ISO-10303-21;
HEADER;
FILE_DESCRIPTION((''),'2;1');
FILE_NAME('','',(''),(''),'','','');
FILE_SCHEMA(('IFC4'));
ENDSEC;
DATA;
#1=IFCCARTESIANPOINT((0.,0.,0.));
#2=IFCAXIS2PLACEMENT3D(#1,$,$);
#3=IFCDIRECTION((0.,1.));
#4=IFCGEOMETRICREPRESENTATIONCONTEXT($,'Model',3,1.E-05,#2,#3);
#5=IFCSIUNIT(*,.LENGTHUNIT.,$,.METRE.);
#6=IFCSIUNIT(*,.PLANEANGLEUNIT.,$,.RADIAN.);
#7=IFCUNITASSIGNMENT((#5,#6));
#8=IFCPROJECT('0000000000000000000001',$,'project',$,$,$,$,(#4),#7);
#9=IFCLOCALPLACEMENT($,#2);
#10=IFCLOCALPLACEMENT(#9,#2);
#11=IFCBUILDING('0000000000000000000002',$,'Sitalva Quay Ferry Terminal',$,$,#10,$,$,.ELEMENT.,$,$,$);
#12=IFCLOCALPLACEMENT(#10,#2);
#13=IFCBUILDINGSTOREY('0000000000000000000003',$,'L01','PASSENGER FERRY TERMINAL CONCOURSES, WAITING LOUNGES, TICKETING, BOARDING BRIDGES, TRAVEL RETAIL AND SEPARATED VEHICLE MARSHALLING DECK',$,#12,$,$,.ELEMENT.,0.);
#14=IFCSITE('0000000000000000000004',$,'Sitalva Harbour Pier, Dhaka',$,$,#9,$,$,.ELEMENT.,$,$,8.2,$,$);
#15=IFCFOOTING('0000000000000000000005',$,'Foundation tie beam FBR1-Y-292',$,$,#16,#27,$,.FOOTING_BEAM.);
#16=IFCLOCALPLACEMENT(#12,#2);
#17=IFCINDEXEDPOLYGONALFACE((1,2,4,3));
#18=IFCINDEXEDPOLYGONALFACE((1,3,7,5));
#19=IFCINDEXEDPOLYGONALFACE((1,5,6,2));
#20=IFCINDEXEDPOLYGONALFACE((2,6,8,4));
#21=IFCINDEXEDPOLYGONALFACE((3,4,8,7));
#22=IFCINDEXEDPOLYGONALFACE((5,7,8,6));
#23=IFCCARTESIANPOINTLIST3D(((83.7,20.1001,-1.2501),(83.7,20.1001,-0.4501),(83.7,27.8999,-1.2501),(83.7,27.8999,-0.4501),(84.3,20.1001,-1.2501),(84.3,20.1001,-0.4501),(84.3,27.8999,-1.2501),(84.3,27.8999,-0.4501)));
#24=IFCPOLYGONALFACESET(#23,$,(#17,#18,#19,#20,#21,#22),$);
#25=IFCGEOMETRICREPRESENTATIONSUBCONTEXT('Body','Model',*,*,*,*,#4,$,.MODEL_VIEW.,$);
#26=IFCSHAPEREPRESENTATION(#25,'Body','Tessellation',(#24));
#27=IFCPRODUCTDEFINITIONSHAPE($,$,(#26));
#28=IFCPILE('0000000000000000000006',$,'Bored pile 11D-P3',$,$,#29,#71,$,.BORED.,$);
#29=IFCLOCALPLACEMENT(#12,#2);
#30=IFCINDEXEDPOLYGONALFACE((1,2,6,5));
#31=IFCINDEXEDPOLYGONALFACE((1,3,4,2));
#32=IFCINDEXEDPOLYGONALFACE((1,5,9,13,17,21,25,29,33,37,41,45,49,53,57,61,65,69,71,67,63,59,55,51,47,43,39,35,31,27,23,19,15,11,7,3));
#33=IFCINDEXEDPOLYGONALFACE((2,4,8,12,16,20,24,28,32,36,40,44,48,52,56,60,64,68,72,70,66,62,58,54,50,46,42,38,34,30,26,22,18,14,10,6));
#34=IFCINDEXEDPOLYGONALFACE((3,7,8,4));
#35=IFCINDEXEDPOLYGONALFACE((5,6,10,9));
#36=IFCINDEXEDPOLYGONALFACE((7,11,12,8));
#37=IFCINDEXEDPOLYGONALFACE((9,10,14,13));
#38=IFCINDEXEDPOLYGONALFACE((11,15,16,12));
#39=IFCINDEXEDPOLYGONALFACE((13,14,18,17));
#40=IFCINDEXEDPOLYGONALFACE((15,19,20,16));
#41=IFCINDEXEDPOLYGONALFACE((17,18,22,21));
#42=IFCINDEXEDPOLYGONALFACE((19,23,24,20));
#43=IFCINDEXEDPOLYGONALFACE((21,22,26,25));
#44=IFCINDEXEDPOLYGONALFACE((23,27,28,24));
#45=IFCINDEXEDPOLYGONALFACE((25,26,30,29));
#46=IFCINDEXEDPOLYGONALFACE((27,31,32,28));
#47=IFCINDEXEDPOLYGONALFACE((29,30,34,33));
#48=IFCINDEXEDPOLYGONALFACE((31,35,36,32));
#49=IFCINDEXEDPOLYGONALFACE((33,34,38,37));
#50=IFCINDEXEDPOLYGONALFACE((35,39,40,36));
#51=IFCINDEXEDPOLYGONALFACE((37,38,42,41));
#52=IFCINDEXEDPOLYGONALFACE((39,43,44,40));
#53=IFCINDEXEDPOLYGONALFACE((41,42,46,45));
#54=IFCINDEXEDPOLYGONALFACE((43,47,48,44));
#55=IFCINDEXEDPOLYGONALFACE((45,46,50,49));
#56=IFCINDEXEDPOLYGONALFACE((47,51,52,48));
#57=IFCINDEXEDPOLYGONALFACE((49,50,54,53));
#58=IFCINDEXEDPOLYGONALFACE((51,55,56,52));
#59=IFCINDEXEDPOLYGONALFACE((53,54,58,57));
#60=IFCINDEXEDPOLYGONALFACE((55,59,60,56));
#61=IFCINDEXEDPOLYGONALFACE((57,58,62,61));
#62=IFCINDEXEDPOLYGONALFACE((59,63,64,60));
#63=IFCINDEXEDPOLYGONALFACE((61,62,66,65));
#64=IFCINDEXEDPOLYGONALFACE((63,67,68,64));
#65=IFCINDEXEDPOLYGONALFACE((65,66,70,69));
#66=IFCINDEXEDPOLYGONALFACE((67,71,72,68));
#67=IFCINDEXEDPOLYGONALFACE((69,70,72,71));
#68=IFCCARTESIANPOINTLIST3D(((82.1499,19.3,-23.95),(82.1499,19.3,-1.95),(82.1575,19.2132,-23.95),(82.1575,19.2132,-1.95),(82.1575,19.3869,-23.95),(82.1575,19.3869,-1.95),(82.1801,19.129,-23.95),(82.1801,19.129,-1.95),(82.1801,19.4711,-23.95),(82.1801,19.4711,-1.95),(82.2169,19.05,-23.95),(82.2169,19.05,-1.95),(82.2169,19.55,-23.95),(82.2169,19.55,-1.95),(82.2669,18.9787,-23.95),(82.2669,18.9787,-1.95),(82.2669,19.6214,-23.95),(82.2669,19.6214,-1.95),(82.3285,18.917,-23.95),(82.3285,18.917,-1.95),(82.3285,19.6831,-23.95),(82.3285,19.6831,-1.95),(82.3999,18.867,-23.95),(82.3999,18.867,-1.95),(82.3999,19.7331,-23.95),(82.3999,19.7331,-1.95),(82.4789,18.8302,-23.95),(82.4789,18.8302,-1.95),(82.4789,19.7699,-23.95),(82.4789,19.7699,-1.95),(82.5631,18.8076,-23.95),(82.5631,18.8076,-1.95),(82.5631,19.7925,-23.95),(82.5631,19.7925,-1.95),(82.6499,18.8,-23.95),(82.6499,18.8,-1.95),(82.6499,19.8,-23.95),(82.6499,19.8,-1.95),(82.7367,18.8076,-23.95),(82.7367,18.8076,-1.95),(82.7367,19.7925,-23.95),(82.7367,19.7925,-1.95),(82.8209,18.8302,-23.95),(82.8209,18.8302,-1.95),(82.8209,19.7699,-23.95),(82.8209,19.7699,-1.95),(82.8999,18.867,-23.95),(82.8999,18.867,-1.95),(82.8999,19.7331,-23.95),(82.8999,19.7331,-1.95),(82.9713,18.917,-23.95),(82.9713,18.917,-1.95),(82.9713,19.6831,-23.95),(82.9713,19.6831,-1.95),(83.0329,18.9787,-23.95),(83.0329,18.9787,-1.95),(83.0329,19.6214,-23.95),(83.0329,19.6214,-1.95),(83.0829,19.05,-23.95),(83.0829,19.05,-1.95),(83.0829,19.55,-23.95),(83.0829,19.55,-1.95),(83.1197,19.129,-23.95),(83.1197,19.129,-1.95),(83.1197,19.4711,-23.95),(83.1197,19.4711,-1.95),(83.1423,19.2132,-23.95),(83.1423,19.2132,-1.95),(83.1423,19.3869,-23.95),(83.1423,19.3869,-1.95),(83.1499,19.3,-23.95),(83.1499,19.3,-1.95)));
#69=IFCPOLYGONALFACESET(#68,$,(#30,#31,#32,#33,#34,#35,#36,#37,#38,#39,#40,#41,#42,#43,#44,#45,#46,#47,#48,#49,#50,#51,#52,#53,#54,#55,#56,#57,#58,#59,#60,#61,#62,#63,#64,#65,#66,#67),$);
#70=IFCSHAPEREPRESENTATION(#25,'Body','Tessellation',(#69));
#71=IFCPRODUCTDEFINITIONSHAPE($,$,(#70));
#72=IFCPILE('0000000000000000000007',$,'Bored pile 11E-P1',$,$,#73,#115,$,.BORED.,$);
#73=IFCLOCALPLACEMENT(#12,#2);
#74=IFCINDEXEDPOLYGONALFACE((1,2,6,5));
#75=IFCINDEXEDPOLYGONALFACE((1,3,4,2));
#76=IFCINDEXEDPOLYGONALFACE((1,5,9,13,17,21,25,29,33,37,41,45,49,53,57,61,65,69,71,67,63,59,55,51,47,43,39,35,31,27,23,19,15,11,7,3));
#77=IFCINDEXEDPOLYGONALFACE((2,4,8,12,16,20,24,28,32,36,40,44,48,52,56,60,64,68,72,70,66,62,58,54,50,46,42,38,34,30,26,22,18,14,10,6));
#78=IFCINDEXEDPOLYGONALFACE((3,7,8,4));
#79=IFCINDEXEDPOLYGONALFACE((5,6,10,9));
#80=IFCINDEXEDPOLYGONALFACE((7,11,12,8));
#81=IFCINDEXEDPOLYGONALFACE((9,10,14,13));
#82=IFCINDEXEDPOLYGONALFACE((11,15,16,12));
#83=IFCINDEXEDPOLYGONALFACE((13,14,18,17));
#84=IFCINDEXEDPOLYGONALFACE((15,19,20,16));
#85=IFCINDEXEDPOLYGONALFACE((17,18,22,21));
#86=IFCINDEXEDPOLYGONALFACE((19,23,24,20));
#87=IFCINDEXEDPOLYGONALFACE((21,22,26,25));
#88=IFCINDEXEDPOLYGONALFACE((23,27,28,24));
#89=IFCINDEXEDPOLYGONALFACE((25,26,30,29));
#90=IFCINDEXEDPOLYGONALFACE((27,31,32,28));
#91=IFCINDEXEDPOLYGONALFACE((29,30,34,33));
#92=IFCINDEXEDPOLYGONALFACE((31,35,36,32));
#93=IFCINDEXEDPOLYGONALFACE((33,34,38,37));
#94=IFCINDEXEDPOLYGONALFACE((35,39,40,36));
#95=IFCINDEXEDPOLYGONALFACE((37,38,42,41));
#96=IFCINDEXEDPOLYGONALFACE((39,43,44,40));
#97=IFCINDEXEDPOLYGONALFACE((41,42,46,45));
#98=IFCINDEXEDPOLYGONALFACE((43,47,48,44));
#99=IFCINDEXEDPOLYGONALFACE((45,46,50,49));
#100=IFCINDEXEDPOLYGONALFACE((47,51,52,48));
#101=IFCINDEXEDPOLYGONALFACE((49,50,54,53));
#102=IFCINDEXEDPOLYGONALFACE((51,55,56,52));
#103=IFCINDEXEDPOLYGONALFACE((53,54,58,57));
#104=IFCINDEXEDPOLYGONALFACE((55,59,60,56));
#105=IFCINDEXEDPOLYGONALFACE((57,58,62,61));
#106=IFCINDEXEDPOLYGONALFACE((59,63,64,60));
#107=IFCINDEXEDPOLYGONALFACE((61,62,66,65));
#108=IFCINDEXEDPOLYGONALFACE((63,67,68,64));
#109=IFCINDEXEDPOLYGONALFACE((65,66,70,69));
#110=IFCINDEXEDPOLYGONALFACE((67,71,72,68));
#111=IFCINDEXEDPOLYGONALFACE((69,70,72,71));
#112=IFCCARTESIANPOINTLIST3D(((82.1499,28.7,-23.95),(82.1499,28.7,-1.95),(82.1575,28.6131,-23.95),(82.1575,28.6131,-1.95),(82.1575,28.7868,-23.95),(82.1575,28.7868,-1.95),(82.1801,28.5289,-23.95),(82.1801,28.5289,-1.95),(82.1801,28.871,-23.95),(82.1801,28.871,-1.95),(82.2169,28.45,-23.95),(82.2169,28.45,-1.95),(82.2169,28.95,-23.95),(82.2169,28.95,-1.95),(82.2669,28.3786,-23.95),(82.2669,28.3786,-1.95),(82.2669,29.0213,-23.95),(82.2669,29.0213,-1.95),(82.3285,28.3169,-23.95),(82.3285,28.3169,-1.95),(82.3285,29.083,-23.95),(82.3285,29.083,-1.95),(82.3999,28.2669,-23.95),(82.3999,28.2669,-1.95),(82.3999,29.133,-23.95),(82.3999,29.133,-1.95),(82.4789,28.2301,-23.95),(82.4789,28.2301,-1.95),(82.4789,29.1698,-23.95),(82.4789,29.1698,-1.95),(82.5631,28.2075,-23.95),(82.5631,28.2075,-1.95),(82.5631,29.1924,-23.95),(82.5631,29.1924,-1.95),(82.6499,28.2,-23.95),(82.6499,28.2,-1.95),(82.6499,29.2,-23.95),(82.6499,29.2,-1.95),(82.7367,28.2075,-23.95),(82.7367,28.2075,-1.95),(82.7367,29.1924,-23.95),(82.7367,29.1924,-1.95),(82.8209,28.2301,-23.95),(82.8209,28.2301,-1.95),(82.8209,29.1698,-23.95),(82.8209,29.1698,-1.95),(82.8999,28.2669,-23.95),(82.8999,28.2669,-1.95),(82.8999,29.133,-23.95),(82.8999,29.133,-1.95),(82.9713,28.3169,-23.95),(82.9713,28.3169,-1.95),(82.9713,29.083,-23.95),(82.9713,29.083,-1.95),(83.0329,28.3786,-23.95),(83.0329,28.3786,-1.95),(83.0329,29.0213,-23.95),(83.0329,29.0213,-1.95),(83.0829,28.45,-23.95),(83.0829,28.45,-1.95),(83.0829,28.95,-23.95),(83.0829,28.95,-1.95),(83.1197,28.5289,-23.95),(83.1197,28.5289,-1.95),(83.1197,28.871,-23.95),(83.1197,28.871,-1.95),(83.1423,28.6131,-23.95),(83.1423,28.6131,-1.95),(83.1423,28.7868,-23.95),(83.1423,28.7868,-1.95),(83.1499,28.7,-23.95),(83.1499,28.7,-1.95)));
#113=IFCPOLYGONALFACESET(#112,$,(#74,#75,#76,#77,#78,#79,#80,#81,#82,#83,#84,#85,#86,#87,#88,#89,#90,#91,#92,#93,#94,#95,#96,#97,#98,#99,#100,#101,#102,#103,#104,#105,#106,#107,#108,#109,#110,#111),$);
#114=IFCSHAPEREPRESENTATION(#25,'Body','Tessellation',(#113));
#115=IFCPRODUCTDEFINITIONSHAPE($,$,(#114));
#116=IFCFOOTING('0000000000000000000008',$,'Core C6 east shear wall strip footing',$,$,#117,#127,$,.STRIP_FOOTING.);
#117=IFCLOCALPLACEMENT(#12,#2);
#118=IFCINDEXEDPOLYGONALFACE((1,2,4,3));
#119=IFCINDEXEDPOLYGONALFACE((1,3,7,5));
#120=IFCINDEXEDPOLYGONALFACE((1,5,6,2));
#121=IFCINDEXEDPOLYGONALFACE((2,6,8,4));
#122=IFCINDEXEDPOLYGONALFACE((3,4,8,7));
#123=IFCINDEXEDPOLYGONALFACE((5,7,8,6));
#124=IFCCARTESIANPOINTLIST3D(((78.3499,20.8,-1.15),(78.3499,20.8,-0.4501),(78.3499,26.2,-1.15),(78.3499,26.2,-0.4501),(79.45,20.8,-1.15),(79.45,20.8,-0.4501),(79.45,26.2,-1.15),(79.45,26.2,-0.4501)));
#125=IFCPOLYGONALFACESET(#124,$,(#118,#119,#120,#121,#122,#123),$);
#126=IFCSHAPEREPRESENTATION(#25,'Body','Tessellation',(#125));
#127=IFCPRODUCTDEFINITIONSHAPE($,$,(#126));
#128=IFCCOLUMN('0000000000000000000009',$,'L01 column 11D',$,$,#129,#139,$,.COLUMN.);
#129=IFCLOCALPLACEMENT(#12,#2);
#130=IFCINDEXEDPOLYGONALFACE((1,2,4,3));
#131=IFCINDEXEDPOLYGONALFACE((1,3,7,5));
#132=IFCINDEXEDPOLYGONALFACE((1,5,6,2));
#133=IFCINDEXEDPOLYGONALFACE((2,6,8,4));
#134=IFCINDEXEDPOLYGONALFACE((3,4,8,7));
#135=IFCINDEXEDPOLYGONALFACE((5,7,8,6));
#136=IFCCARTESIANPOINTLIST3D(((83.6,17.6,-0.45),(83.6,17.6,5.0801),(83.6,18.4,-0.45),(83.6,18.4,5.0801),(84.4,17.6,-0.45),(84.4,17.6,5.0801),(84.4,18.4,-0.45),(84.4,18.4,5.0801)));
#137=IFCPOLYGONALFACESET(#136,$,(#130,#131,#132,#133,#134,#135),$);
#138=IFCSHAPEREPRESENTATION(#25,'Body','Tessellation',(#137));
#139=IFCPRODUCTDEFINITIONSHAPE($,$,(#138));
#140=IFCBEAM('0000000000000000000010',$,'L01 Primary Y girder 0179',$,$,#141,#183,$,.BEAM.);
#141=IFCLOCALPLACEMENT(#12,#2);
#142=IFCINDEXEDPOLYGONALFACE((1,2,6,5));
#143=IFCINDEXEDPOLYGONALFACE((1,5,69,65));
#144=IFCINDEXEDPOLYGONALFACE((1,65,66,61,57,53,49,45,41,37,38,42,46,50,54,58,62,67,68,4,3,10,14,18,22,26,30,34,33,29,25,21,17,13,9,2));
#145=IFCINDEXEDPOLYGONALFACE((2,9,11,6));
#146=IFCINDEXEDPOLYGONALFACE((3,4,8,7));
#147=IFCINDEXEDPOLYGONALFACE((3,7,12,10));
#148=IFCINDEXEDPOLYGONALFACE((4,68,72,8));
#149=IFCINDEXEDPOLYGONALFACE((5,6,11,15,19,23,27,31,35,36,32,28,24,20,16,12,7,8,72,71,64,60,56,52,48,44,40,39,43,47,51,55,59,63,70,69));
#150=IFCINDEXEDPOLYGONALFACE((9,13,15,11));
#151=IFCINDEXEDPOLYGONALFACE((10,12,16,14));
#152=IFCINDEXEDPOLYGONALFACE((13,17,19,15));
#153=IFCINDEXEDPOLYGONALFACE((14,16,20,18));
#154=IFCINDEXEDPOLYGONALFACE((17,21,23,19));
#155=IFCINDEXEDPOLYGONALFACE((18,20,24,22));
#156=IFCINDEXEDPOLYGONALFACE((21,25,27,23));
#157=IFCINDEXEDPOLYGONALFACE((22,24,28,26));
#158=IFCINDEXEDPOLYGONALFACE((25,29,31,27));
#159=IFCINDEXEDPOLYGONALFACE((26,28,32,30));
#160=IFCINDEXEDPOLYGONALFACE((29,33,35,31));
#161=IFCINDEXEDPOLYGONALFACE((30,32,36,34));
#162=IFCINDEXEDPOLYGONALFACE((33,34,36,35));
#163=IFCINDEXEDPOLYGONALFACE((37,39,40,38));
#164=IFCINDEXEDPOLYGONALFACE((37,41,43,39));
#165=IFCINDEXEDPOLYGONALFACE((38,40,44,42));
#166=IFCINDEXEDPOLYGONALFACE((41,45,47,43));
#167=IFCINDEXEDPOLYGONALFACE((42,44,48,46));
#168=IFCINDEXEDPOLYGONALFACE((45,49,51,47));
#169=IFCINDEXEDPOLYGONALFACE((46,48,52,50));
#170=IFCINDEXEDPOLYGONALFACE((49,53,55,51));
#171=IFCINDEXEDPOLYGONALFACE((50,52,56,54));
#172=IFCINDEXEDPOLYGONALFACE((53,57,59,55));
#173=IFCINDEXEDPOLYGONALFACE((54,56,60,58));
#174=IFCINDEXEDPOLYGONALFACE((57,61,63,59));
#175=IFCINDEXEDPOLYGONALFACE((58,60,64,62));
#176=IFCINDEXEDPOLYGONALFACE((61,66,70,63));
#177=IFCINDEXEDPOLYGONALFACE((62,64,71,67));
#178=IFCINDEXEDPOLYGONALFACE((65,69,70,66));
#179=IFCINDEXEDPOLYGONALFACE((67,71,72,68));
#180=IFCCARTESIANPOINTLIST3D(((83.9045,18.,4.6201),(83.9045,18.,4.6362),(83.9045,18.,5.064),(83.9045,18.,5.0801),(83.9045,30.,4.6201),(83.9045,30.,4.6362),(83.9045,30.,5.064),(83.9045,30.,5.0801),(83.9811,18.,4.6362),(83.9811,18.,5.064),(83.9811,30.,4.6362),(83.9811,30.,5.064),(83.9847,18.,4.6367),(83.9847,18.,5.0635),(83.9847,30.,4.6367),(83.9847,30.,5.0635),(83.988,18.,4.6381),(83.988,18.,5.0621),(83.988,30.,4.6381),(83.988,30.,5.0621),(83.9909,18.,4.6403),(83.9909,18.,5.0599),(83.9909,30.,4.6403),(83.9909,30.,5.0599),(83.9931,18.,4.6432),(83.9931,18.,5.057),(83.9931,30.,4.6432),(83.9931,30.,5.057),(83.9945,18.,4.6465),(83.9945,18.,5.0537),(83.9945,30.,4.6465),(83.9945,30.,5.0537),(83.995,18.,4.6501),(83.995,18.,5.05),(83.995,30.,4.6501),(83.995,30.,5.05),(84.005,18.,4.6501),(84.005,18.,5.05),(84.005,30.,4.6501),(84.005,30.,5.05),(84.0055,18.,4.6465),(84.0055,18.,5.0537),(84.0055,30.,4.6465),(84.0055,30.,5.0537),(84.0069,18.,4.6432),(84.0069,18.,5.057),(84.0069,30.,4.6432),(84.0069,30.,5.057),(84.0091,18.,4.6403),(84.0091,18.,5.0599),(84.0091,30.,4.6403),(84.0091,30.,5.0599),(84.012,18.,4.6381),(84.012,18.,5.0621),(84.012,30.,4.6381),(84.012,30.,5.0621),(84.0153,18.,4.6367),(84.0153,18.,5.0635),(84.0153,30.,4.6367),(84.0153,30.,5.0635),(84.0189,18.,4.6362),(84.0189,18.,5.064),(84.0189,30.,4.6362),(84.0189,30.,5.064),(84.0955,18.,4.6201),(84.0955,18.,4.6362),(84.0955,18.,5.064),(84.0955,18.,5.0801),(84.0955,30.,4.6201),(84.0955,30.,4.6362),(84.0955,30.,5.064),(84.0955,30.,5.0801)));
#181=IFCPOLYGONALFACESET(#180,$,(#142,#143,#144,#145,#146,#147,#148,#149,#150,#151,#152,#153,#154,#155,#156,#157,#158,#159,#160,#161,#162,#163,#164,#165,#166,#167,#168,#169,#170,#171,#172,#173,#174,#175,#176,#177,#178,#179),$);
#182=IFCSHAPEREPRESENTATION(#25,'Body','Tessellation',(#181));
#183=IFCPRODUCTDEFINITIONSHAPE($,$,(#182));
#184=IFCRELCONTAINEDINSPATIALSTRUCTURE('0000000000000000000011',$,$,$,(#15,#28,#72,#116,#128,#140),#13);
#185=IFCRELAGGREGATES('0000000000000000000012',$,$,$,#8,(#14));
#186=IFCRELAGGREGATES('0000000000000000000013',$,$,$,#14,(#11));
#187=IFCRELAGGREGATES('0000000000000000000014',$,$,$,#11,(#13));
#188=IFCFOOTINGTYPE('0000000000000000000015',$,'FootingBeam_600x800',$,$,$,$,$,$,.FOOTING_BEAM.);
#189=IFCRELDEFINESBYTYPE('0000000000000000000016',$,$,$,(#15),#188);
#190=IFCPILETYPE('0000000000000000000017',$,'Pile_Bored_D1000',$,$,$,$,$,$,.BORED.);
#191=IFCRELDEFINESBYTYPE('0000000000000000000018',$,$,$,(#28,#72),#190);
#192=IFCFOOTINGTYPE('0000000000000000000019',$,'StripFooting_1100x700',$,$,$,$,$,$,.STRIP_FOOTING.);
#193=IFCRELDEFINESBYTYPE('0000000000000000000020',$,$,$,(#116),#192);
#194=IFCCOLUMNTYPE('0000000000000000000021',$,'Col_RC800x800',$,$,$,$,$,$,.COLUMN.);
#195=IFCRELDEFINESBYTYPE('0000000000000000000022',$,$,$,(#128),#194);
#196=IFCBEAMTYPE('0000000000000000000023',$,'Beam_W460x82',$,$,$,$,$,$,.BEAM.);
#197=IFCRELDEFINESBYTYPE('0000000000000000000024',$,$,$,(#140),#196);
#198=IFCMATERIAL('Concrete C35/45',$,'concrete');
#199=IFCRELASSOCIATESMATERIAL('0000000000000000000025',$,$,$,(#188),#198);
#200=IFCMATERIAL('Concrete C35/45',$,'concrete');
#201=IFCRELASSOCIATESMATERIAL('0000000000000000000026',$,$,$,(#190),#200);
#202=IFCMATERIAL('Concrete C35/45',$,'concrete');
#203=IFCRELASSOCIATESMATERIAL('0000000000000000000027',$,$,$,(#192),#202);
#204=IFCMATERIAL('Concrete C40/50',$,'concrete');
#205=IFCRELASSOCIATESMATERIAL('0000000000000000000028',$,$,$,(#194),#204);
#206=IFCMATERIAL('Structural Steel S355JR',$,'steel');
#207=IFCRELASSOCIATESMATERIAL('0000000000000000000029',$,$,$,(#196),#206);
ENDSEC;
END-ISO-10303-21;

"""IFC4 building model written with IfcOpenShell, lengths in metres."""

from ifc_helpers import new_model, si_unit, direction, frame, origin, origin_2d, place, context, subcontext, project, spatial, rectangle, circle, i_section, extrude, material, material_profile, profile_set, type_object, element, save


model = new_model("IFC4")

# Units and contexts
model_context = context("Model", 3, precision=1e-05, world=origin(), true_north=direction((0.0, 1.0)))
body_context = subcontext(model_context, "Body", "Model", "MODEL_VIEW")
ifc_project = project(units=[si_unit("LENGTHUNIT", "METRE"), si_unit("PLANEANGLEUNIT", "RADIAN")], contexts=[model_context])

# Site, building, storey
site_placement = place(None, origin())
site = spatial("IfcSite", under=ifc_project, at=site_placement, Name="Sitalva Harbour Pier, Dhaka", CompositionType="ELEMENT", RefElevation=8.2)
building_placement = place(site_placement, origin())
building = spatial("IfcBuilding", under=site, at=building_placement, Name="Sitalva Quay Ferry Terminal", CompositionType="ELEMENT")
storey_placement = place(building_placement, origin())
storey = spatial("IfcBuildingStorey", under=building, at=storey_placement, Name="L01", Description="PASSENGER FERRY TERMINAL CONCOURSES, WAITING LOUNGES, TICKETING, BOARDING BRIDGES, TRAVEL RETAIL AND SEPARATED VEHICLE MARSHALLING DECK", CompositionType="ELEMENT", Elevation=0.0)

# Footing
ifc_material_1 = material(Name="Concrete C35/45", Category="concrete")
ifc_material_profile_1 = material_profile(ifc_material_1, rectangle(XDim=0.6001, YDim=0.8, at=origin_2d()), Name="RC600x800")
ifc_profile_set_1 = profile_set([ifc_material_profile_1], Name="Concrete C35/45")
footing_type_1 = type_object("IfcFootingType", Name="FootingBeam_600x800", PredefinedType="FOOTING_BEAM", material=ifc_profile_set_1)
footing_1_placement = place(storey_placement, frame((84.0, 20.1001, -0.8501), z_axis=(0.0, 1.0, 0.0), x_axis=(-1.0, 0.0, 0.0)))
element("IfcFooting", 1, at=footing_1_placement, inside=storey, type_object=footing_type_1, Name="Foundation tie beam FBR1-Y-292", PredefinedType="FOOTING_BEAM", context=body_context, shape_type="SweptSolid", body=[
    extrude(rectangle(XDim=0.6001, YDim=0.8, at=origin_2d()), origin(), (0.0, 0.0, 1.0), 7.7998),
])

# Piles
ifc_material_2 = material(Name="Concrete C35/45", Category="concrete")
ifc_material_profile_2 = material_profile(ifc_material_2, circle(Radius=0.5, at=origin_2d()), Name="PILE-D1000")
ifc_profile_set_2 = profile_set([ifc_material_profile_2], Name="Concrete C35/45")
pile_type = type_object("IfcPileType", Name="Pile_Bored_D1000", PredefinedType="BORED", material=ifc_profile_set_2)
for number, where, z_axis, x_axis, name in (
    (2, (82.6499, 19.3, -1.95), (0.0, 0.0, -1.0), (1.0, 0.0, 0.0), "Bored pile 11D-P3"),
    (3, (82.6499, 28.7, -1.95), (0.0, 0.0, -1.0), (1.0, 0.0, 0.0), "Bored pile 11E-P1"),
):
    element("IfcPile", number, at=place(storey_placement, frame(where, z_axis=z_axis, x_axis=x_axis)), inside=storey, type_object=pile_type, Name=name, PredefinedType="BORED", context=body_context, shape_type="SweptSolid", body=[
        extrude(circle(Radius=0.5, at=origin_2d()), origin(), (0.0, 0.0, 1.0), 22.0),
    ])

# Footing
ifc_material_3 = material(Name="Concrete C35/45", Category="concrete")
ifc_material_profile_3 = material_profile(ifc_material_3, rectangle(XDim=1.1001, YDim=0.7, at=origin_2d()), Name="RC1100x700")
ifc_profile_set_3 = profile_set([ifc_material_profile_3], Name="Concrete C35/45")
footing_type_2 = type_object("IfcFootingType", Name="StripFooting_1100x700", PredefinedType="STRIP_FOOTING", material=ifc_profile_set_3)
footing_2_placement = place(storey_placement, frame((78.8999, 20.8, -0.8), z_axis=(0.0, 1.0, 0.0), x_axis=(-1.0, 0.0, 0.0)))
element("IfcFooting", 4, at=footing_2_placement, inside=storey, type_object=footing_type_2, Name="Core C6 east shear wall strip footing", PredefinedType="STRIP_FOOTING", context=body_context, shape_type="SweptSolid", body=[
    extrude(rectangle(XDim=1.1001, YDim=0.7, at=origin_2d()), origin(), (0.0, 0.0, 1.0), 5.3999),
])

# Column
ifc_material_4 = material(Name="Concrete C40/50", Category="concrete")
ifc_material_profile_4 = material_profile(ifc_material_4, rectangle(XDim=0.8, YDim=0.8, at=origin_2d()), Name="RC800x800")
ifc_profile_set_4 = profile_set([ifc_material_profile_4], Name="Concrete C40/50")
column_type = type_object("IfcColumnType", Name="Col_RC800x800", PredefinedType="COLUMN", material=ifc_profile_set_4)
column_placement = place(storey_placement, frame((84.0, 18.0, -0.45), z_axis=(0.0, 0.0, 1.0), x_axis=(1.0, 0.0, 0.0)))
element("IfcColumn", 5, at=column_placement, inside=storey, type_object=column_type, Name="L01 column 11D", PredefinedType="COLUMN", context=body_context, shape_type="SweptSolid", body=[
    extrude(rectangle(XDim=0.8, YDim=0.8, at=origin_2d()), origin(), (0.0, 0.0, 1.0), 5.53),
])

# Beam
ifc_material_5 = material(Name="Structural Steel S355JR", Category="steel")
ifc_material_profile_5 = material_profile(ifc_material_5, i_section(OverallWidth=0.1909, OverallDepth=0.46, WebThickness=0.01, FlangeThickness=0.0161, FilletRadius=0.0139, at=origin_2d()), Name="W460x82")
ifc_profile_set_5 = profile_set([ifc_material_profile_5], Name="Structural Steel S355JR")
beam_type = type_object("IfcBeamType", Name="Beam_W460x82", PredefinedType="BEAM", material=ifc_profile_set_5)
beam_1_placement = place(storey_placement, frame((84.0, 18.0, 4.8501), z_axis=(0.0, 1.0, 0.0), x_axis=(-1.0, 0.0, 0.0)))
element("IfcBeam", 6, at=beam_1_placement, inside=storey, type_object=beam_type, Name="L01 Primary Y girder 0179", PredefinedType="BEAM", context=body_context, shape_type="SweptSolid", body=[
    extrude(i_section(OverallWidth=0.1909, OverallDepth=0.46, WebThickness=0.01, FlangeThickness=0.0161, FilletRadius=0.0139, at=origin_2d()), origin(), (0.0, 0.0, 1.0), 12.0),
])

save(model, "model.ifc")
